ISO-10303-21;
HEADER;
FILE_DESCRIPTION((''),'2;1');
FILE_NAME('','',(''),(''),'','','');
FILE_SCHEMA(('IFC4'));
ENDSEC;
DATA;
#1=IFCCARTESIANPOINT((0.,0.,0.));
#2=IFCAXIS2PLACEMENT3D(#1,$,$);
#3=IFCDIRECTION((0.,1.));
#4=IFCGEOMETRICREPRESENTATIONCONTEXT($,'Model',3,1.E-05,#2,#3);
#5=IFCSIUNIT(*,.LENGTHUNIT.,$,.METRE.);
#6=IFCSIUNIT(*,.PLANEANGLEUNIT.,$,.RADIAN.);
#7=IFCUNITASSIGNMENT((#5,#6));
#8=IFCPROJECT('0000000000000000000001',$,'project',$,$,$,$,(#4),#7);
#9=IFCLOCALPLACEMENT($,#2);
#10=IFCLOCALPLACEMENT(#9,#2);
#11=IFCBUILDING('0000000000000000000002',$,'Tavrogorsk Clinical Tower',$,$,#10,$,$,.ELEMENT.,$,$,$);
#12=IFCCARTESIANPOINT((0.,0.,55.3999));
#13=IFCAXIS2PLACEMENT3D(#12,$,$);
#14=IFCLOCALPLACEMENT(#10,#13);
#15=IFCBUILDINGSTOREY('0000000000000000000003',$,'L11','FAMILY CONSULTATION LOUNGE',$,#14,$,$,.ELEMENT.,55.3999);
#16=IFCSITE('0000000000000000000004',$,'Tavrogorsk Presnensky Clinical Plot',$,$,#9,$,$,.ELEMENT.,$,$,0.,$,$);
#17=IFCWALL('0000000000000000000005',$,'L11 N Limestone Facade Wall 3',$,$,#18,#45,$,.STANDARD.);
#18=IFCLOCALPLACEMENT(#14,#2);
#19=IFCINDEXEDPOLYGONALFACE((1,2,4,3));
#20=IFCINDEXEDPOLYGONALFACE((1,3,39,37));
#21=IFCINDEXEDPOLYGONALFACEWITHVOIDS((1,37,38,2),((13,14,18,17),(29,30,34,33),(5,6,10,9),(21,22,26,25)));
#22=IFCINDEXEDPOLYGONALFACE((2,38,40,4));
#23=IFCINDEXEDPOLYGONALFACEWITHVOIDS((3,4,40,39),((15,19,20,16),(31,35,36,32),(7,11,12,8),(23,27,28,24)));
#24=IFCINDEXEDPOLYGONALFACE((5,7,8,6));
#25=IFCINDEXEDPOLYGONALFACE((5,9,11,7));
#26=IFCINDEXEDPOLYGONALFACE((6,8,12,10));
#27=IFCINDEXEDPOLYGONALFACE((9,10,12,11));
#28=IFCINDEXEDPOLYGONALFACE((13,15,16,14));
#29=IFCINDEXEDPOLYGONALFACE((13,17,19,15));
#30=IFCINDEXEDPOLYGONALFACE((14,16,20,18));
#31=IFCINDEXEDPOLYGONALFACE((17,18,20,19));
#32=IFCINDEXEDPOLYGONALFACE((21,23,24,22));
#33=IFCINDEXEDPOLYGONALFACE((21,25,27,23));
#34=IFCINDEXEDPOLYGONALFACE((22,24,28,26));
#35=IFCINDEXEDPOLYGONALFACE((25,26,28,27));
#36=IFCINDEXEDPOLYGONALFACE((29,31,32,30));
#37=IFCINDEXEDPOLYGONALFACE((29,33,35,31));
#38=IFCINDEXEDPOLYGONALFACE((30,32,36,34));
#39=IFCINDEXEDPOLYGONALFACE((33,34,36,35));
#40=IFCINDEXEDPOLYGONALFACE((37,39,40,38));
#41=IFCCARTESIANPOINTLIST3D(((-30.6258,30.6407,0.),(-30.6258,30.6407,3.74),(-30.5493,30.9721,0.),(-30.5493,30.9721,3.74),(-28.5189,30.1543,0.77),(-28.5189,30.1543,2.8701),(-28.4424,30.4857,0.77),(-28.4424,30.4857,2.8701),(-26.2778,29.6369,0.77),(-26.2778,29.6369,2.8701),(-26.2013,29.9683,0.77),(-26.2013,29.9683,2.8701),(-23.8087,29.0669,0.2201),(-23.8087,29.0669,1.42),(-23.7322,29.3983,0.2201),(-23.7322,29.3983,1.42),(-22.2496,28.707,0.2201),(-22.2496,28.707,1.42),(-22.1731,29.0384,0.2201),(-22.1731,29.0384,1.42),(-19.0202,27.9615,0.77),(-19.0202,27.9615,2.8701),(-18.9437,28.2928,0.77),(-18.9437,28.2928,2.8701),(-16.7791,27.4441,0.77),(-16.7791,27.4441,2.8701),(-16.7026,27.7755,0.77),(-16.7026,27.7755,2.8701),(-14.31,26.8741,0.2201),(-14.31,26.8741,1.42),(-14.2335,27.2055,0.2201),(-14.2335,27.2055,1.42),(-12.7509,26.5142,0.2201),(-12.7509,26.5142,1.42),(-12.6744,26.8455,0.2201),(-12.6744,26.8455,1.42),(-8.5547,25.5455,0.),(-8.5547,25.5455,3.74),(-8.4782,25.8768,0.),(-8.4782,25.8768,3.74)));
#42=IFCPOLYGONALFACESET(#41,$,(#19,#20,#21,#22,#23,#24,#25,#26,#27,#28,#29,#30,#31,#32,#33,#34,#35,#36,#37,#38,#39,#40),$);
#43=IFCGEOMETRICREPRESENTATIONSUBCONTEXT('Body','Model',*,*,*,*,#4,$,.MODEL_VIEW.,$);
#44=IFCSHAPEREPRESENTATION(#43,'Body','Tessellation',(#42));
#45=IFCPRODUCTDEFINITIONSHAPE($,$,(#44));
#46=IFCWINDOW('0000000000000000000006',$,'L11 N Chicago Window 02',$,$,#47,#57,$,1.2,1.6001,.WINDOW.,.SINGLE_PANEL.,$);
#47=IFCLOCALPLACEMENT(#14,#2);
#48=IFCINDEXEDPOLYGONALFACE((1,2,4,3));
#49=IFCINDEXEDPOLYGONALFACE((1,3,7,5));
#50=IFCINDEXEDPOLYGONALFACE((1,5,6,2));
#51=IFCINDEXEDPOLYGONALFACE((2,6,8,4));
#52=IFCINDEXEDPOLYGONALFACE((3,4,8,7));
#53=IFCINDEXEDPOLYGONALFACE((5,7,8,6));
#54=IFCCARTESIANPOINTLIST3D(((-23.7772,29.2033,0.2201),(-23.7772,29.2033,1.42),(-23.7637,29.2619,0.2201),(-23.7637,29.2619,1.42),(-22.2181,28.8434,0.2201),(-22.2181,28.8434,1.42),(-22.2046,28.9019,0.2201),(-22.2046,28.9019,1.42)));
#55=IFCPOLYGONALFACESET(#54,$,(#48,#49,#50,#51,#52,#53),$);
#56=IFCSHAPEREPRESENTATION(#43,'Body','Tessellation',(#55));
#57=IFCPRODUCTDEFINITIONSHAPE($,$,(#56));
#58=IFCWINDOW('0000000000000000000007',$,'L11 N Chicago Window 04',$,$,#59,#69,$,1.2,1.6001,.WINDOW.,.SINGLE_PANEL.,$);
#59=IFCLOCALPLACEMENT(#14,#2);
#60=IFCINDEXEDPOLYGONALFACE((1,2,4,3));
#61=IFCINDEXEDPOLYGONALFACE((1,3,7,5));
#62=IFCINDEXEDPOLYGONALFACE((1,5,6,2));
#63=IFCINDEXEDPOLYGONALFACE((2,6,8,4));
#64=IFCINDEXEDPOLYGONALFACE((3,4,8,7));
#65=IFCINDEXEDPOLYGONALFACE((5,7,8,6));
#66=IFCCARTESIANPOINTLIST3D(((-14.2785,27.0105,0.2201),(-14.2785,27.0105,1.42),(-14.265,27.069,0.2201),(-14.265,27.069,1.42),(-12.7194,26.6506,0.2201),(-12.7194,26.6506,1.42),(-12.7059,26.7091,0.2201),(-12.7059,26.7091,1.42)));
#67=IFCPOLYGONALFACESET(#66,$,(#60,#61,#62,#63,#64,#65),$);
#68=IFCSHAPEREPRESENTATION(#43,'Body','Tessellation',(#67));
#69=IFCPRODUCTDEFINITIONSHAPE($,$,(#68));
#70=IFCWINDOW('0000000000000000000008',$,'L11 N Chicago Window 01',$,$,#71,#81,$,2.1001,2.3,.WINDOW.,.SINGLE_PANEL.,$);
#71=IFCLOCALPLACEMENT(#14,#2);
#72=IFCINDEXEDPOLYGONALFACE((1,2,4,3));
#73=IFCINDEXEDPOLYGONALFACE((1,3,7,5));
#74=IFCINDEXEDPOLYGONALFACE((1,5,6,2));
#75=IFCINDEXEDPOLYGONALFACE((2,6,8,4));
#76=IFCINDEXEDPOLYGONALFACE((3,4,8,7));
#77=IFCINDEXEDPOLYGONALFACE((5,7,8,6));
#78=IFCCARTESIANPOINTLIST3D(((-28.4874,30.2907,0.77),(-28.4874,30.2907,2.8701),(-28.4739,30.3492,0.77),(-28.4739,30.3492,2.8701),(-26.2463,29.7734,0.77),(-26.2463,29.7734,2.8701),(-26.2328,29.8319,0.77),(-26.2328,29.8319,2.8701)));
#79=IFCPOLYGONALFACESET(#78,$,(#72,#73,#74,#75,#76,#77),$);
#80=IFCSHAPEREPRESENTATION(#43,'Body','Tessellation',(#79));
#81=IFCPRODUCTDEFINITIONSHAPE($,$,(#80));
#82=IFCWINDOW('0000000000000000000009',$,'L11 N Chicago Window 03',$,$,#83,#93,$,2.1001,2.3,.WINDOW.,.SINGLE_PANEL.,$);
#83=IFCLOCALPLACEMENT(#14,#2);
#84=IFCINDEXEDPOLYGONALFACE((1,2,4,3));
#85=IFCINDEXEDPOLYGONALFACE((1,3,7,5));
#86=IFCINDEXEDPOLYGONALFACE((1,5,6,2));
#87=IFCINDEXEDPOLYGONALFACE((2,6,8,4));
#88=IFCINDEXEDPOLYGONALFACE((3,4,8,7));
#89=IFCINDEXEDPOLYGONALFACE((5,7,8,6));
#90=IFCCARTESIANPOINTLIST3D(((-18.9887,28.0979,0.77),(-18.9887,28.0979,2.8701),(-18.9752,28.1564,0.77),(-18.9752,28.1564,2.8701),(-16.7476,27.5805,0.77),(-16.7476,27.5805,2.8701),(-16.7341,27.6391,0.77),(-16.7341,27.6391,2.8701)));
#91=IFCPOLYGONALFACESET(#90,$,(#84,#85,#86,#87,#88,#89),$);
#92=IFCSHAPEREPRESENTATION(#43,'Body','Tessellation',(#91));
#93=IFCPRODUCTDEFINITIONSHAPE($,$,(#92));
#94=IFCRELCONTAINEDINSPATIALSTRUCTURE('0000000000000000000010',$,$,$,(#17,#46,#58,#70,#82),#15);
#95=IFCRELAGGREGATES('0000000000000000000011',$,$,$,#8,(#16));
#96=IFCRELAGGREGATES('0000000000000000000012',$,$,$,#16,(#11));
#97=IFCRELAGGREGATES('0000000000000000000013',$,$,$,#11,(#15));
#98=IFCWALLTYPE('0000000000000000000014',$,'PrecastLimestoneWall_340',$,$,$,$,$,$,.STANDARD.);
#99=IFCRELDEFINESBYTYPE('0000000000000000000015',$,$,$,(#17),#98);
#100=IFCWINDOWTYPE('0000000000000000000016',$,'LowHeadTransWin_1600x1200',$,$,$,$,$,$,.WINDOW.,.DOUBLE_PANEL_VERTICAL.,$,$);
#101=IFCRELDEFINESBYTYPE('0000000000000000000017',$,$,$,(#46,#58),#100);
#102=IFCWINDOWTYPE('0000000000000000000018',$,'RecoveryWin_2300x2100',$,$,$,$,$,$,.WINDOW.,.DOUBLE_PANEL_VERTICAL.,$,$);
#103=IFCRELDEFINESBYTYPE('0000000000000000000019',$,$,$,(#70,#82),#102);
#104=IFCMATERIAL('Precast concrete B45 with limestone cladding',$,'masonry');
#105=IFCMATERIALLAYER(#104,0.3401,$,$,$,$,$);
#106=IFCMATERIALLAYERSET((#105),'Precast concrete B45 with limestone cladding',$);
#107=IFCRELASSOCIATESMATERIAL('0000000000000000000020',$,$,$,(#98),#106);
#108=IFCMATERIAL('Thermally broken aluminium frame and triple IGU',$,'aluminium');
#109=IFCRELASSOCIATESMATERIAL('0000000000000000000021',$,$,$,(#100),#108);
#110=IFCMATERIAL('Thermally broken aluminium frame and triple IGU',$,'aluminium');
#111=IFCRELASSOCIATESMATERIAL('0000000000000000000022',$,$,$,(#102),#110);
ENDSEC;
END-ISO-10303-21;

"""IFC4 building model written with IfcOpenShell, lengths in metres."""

from ifc_helpers import new_model, si_unit, direction, frame, frame_2d, origin, place, context, subcontext, project, spatial, rectangle, extrude, material, layer, layer_set, type_object, element, fill, save


model = new_model("IFC4")

# Units and contexts
model_context = context("Model", 3, precision=1e-05, world=origin(), true_north=direction((0.0, 1.0)))
body_context = subcontext(model_context, "Body", "Model", "MODEL_VIEW")
ifc_project = project(units=[si_unit("LENGTHUNIT", "METRE"), si_unit("PLANEANGLEUNIT", "RADIAN")], contexts=[model_context])

# Site, building, storey
site_placement = place(None, origin())
site = spatial("IfcSite", under=ifc_project, at=site_placement, Name="Tavrogorsk Presnensky Clinical Plot", CompositionType="ELEMENT", RefElevation=0.0)
building_placement = place(site_placement, origin())
building = spatial("IfcBuilding", under=site, at=building_placement, Name="Tavrogorsk Clinical Tower", CompositionType="ELEMENT")
storey_placement = place(building_placement, frame((0.0, 0.0, 55.3999)))
storey = spatial("IfcBuildingStorey", under=building, at=storey_placement, Name="L11", Description="FAMILY CONSULTATION LOUNGE", CompositionType="ELEMENT", Elevation=55.3999)

# Wall, openings, windows
ifc_material_1 = material(Name="Precast concrete B45 with limestone cladding", Category="masonry")
ifc_layer_1 = layer(ifc_material_1, 0.3401)
ifc_layer_set_1 = layer_set([ifc_layer_1], Name="Precast concrete B45 with limestone cladding")
wall_type = type_object("IfcWallType", Name="PrecastLimestoneWall_340", PredefinedType="STANDARD", material=ifc_layer_set_1)
wall_placement = place(storey_placement, frame((-8.5166, 25.7112, 0.0), z_axis=(0.0, 0.0, 1.0), x_axis=(-0.974373, 0.224939, 0.0)))
wall = element("IfcWall", 1, at=wall_placement, inside=storey, type_object=wall_type, Name="L11 N Limestone Facade Wall 3", PredefinedType="STANDARD", context=body_context, shape_type="SweptSolid", body=[
    extrude(rectangle(XDim=22.6516, YDim=0.3401, at=frame_2d((11.3257, 0.0))), origin(), (0.0, 0.0, 1.0), 3.74),
])
opening_1_placement = place(wall_placement, frame((18.1892, 0.0, 0.77)))
opening_1 = element("IfcOpeningElement", 2, at=opening_1_placement, cuts=wall, PredefinedType="OPENING", context=body_context, shape_type="SweptSolid", body=[
    extrude(rectangle(XDim=2.3, YDim=2.1001, at=frame_2d((1.1499, 1.05))), frame((0.0, 0.1799, 0.0), z_axis=(0.0, -1.0, 0.0), x_axis=(1.0, 0.0, 0.0)), (0.0, 0.0, 1.0), 0.3601),
])
opening_2_placement = place(wall_placement, frame((14.0549, 0.0, 0.22)))
opening_2 = element("IfcOpeningElement", 3, at=opening_2_placement, cuts=wall, PredefinedType="OPENING", context=body_context, shape_type="SweptSolid", body=[
    extrude(rectangle(XDim=1.6001, YDim=1.2, at=frame_2d((0.8, 0.6001))), frame((0.0, 0.1799, 0.0), z_axis=(0.0, -1.0, 0.0), x_axis=(1.0, 0.0, 0.0)), (0.0, 0.0, 1.0), 0.3601),
])
opening_3_placement = place(wall_placement, frame((8.4407, 0.0, 0.77)))
opening_3 = element("IfcOpeningElement", 4, at=opening_3_placement, cuts=wall, PredefinedType="OPENING", context=body_context, shape_type="SweptSolid", body=[
    extrude(rectangle(XDim=2.3, YDim=2.1001, at=frame_2d((1.1499, 1.05))), frame((0.0, 0.1799, 0.0), z_axis=(0.0, -1.0, 0.0), x_axis=(1.0, 0.0, 0.0)), (0.0, 0.0, 1.0), 0.3601),
])
opening_4_placement = place(wall_placement, frame((4.3064, 0.0, 0.22)))
opening_4 = element("IfcOpeningElement", 5, at=opening_4_placement, cuts=wall, PredefinedType="OPENING", context=body_context, shape_type="SweptSolid", body=[
    extrude(rectangle(XDim=1.6001, YDim=1.2, at=frame_2d((0.8, 0.6001))), frame((0.0, 0.1799, 0.0), z_axis=(0.0, -1.0, 0.0), x_axis=(1.0, 0.0, 0.0)), (0.0, 0.0, 1.0), 0.3601),
])
ifc_material_2 = material(Name="Thermally broken aluminium frame and triple IGU", Category="aluminium")
window_type_1 = type_object("IfcWindowType", Name="LowHeadTransWin_1600x1200", PartitioningType="DOUBLE_PANEL_VERTICAL", PredefinedType="WINDOW", material=ifc_material_2)
window_1_placement = place(opening_2_placement, origin())
window_1 = element("IfcWindow", 6, at=window_1_placement, inside=storey, type_object=window_type_1, Name="L11 N Chicago Window 02", OverallHeight=1.2, OverallWidth=1.6001, PartitioningType="SINGLE_PANEL", PredefinedType="WINDOW", context=body_context, shape_type="SweptSolid", body=[
    extrude(rectangle(XDim=1.6001, YDim=1.2, at=frame_2d((0.8, 0.6001))), frame((0.0, 0.03, 0.0), z_axis=(0.0, -1.0, 0.0), x_axis=(1.0, 0.0, 0.0)), (0.0, 0.0, 1.0), 0.0601),
])
fill(opening_2, window_1)
window_2_placement = place(opening_4_placement, origin())
window_2 = element("IfcWindow", 7, at=window_2_placement, inside=storey, type_object=window_type_1, Name="L11 N Chicago Window 04", OverallHeight=1.2, OverallWidth=1.6001, PartitioningType="SINGLE_PANEL", PredefinedType="WINDOW", context=body_context, shape_type="SweptSolid", body=[
    extrude(rectangle(XDim=1.6001, YDim=1.2, at=frame_2d((0.8, 0.6001))), frame((0.0, 0.03, 0.0), z_axis=(0.0, -1.0, 0.0), x_axis=(1.0, 0.0, 0.0)), (0.0, 0.0, 1.0), 0.0601),
])
fill(opening_4, window_2)
ifc_material_3 = material(Name="Thermally broken aluminium frame and triple IGU", Category="aluminium")
window_type_2 = type_object("IfcWindowType", Name="RecoveryWin_2300x2100", PartitioningType="DOUBLE_PANEL_VERTICAL", PredefinedType="WINDOW", material=ifc_material_3)
window_3_placement = place(opening_1_placement, origin())
window_3 = element("IfcWindow", 8, at=window_3_placement, inside=storey, type_object=window_type_2, Name="L11 N Chicago Window 01", OverallHeight=2.1001, OverallWidth=2.3, PartitioningType="SINGLE_PANEL", PredefinedType="WINDOW", context=body_context, shape_type="SweptSolid", body=[
    extrude(rectangle(XDim=2.3, YDim=2.1001, at=frame_2d((1.1499, 1.05))), frame((0.0, 0.03, 0.0), z_axis=(0.0, -1.0, 0.0), x_axis=(1.0, 0.0, 0.0)), (0.0, 0.0, 1.0), 0.0601),
])
fill(opening_1, window_3)
window_4_placement = place(opening_3_placement, origin())
window_4 = element("IfcWindow", 9, at=window_4_placement, inside=storey, type_object=window_type_2, Name="L11 N Chicago Window 03", OverallHeight=2.1001, OverallWidth=2.3, PartitioningType="SINGLE_PANEL", PredefinedType="WINDOW", context=body_context, shape_type="SweptSolid", body=[
    extrude(rectangle(XDim=2.3, YDim=2.1001, at=frame_2d((1.1499, 1.05))), frame((0.0, 0.03, 0.0), z_axis=(0.0, -1.0, 0.0), x_axis=(1.0, 0.0, 0.0)), (0.0, 0.0, 1.0), 0.0601),
])
fill(opening_3, window_4)

save(model, "model.ifc")
